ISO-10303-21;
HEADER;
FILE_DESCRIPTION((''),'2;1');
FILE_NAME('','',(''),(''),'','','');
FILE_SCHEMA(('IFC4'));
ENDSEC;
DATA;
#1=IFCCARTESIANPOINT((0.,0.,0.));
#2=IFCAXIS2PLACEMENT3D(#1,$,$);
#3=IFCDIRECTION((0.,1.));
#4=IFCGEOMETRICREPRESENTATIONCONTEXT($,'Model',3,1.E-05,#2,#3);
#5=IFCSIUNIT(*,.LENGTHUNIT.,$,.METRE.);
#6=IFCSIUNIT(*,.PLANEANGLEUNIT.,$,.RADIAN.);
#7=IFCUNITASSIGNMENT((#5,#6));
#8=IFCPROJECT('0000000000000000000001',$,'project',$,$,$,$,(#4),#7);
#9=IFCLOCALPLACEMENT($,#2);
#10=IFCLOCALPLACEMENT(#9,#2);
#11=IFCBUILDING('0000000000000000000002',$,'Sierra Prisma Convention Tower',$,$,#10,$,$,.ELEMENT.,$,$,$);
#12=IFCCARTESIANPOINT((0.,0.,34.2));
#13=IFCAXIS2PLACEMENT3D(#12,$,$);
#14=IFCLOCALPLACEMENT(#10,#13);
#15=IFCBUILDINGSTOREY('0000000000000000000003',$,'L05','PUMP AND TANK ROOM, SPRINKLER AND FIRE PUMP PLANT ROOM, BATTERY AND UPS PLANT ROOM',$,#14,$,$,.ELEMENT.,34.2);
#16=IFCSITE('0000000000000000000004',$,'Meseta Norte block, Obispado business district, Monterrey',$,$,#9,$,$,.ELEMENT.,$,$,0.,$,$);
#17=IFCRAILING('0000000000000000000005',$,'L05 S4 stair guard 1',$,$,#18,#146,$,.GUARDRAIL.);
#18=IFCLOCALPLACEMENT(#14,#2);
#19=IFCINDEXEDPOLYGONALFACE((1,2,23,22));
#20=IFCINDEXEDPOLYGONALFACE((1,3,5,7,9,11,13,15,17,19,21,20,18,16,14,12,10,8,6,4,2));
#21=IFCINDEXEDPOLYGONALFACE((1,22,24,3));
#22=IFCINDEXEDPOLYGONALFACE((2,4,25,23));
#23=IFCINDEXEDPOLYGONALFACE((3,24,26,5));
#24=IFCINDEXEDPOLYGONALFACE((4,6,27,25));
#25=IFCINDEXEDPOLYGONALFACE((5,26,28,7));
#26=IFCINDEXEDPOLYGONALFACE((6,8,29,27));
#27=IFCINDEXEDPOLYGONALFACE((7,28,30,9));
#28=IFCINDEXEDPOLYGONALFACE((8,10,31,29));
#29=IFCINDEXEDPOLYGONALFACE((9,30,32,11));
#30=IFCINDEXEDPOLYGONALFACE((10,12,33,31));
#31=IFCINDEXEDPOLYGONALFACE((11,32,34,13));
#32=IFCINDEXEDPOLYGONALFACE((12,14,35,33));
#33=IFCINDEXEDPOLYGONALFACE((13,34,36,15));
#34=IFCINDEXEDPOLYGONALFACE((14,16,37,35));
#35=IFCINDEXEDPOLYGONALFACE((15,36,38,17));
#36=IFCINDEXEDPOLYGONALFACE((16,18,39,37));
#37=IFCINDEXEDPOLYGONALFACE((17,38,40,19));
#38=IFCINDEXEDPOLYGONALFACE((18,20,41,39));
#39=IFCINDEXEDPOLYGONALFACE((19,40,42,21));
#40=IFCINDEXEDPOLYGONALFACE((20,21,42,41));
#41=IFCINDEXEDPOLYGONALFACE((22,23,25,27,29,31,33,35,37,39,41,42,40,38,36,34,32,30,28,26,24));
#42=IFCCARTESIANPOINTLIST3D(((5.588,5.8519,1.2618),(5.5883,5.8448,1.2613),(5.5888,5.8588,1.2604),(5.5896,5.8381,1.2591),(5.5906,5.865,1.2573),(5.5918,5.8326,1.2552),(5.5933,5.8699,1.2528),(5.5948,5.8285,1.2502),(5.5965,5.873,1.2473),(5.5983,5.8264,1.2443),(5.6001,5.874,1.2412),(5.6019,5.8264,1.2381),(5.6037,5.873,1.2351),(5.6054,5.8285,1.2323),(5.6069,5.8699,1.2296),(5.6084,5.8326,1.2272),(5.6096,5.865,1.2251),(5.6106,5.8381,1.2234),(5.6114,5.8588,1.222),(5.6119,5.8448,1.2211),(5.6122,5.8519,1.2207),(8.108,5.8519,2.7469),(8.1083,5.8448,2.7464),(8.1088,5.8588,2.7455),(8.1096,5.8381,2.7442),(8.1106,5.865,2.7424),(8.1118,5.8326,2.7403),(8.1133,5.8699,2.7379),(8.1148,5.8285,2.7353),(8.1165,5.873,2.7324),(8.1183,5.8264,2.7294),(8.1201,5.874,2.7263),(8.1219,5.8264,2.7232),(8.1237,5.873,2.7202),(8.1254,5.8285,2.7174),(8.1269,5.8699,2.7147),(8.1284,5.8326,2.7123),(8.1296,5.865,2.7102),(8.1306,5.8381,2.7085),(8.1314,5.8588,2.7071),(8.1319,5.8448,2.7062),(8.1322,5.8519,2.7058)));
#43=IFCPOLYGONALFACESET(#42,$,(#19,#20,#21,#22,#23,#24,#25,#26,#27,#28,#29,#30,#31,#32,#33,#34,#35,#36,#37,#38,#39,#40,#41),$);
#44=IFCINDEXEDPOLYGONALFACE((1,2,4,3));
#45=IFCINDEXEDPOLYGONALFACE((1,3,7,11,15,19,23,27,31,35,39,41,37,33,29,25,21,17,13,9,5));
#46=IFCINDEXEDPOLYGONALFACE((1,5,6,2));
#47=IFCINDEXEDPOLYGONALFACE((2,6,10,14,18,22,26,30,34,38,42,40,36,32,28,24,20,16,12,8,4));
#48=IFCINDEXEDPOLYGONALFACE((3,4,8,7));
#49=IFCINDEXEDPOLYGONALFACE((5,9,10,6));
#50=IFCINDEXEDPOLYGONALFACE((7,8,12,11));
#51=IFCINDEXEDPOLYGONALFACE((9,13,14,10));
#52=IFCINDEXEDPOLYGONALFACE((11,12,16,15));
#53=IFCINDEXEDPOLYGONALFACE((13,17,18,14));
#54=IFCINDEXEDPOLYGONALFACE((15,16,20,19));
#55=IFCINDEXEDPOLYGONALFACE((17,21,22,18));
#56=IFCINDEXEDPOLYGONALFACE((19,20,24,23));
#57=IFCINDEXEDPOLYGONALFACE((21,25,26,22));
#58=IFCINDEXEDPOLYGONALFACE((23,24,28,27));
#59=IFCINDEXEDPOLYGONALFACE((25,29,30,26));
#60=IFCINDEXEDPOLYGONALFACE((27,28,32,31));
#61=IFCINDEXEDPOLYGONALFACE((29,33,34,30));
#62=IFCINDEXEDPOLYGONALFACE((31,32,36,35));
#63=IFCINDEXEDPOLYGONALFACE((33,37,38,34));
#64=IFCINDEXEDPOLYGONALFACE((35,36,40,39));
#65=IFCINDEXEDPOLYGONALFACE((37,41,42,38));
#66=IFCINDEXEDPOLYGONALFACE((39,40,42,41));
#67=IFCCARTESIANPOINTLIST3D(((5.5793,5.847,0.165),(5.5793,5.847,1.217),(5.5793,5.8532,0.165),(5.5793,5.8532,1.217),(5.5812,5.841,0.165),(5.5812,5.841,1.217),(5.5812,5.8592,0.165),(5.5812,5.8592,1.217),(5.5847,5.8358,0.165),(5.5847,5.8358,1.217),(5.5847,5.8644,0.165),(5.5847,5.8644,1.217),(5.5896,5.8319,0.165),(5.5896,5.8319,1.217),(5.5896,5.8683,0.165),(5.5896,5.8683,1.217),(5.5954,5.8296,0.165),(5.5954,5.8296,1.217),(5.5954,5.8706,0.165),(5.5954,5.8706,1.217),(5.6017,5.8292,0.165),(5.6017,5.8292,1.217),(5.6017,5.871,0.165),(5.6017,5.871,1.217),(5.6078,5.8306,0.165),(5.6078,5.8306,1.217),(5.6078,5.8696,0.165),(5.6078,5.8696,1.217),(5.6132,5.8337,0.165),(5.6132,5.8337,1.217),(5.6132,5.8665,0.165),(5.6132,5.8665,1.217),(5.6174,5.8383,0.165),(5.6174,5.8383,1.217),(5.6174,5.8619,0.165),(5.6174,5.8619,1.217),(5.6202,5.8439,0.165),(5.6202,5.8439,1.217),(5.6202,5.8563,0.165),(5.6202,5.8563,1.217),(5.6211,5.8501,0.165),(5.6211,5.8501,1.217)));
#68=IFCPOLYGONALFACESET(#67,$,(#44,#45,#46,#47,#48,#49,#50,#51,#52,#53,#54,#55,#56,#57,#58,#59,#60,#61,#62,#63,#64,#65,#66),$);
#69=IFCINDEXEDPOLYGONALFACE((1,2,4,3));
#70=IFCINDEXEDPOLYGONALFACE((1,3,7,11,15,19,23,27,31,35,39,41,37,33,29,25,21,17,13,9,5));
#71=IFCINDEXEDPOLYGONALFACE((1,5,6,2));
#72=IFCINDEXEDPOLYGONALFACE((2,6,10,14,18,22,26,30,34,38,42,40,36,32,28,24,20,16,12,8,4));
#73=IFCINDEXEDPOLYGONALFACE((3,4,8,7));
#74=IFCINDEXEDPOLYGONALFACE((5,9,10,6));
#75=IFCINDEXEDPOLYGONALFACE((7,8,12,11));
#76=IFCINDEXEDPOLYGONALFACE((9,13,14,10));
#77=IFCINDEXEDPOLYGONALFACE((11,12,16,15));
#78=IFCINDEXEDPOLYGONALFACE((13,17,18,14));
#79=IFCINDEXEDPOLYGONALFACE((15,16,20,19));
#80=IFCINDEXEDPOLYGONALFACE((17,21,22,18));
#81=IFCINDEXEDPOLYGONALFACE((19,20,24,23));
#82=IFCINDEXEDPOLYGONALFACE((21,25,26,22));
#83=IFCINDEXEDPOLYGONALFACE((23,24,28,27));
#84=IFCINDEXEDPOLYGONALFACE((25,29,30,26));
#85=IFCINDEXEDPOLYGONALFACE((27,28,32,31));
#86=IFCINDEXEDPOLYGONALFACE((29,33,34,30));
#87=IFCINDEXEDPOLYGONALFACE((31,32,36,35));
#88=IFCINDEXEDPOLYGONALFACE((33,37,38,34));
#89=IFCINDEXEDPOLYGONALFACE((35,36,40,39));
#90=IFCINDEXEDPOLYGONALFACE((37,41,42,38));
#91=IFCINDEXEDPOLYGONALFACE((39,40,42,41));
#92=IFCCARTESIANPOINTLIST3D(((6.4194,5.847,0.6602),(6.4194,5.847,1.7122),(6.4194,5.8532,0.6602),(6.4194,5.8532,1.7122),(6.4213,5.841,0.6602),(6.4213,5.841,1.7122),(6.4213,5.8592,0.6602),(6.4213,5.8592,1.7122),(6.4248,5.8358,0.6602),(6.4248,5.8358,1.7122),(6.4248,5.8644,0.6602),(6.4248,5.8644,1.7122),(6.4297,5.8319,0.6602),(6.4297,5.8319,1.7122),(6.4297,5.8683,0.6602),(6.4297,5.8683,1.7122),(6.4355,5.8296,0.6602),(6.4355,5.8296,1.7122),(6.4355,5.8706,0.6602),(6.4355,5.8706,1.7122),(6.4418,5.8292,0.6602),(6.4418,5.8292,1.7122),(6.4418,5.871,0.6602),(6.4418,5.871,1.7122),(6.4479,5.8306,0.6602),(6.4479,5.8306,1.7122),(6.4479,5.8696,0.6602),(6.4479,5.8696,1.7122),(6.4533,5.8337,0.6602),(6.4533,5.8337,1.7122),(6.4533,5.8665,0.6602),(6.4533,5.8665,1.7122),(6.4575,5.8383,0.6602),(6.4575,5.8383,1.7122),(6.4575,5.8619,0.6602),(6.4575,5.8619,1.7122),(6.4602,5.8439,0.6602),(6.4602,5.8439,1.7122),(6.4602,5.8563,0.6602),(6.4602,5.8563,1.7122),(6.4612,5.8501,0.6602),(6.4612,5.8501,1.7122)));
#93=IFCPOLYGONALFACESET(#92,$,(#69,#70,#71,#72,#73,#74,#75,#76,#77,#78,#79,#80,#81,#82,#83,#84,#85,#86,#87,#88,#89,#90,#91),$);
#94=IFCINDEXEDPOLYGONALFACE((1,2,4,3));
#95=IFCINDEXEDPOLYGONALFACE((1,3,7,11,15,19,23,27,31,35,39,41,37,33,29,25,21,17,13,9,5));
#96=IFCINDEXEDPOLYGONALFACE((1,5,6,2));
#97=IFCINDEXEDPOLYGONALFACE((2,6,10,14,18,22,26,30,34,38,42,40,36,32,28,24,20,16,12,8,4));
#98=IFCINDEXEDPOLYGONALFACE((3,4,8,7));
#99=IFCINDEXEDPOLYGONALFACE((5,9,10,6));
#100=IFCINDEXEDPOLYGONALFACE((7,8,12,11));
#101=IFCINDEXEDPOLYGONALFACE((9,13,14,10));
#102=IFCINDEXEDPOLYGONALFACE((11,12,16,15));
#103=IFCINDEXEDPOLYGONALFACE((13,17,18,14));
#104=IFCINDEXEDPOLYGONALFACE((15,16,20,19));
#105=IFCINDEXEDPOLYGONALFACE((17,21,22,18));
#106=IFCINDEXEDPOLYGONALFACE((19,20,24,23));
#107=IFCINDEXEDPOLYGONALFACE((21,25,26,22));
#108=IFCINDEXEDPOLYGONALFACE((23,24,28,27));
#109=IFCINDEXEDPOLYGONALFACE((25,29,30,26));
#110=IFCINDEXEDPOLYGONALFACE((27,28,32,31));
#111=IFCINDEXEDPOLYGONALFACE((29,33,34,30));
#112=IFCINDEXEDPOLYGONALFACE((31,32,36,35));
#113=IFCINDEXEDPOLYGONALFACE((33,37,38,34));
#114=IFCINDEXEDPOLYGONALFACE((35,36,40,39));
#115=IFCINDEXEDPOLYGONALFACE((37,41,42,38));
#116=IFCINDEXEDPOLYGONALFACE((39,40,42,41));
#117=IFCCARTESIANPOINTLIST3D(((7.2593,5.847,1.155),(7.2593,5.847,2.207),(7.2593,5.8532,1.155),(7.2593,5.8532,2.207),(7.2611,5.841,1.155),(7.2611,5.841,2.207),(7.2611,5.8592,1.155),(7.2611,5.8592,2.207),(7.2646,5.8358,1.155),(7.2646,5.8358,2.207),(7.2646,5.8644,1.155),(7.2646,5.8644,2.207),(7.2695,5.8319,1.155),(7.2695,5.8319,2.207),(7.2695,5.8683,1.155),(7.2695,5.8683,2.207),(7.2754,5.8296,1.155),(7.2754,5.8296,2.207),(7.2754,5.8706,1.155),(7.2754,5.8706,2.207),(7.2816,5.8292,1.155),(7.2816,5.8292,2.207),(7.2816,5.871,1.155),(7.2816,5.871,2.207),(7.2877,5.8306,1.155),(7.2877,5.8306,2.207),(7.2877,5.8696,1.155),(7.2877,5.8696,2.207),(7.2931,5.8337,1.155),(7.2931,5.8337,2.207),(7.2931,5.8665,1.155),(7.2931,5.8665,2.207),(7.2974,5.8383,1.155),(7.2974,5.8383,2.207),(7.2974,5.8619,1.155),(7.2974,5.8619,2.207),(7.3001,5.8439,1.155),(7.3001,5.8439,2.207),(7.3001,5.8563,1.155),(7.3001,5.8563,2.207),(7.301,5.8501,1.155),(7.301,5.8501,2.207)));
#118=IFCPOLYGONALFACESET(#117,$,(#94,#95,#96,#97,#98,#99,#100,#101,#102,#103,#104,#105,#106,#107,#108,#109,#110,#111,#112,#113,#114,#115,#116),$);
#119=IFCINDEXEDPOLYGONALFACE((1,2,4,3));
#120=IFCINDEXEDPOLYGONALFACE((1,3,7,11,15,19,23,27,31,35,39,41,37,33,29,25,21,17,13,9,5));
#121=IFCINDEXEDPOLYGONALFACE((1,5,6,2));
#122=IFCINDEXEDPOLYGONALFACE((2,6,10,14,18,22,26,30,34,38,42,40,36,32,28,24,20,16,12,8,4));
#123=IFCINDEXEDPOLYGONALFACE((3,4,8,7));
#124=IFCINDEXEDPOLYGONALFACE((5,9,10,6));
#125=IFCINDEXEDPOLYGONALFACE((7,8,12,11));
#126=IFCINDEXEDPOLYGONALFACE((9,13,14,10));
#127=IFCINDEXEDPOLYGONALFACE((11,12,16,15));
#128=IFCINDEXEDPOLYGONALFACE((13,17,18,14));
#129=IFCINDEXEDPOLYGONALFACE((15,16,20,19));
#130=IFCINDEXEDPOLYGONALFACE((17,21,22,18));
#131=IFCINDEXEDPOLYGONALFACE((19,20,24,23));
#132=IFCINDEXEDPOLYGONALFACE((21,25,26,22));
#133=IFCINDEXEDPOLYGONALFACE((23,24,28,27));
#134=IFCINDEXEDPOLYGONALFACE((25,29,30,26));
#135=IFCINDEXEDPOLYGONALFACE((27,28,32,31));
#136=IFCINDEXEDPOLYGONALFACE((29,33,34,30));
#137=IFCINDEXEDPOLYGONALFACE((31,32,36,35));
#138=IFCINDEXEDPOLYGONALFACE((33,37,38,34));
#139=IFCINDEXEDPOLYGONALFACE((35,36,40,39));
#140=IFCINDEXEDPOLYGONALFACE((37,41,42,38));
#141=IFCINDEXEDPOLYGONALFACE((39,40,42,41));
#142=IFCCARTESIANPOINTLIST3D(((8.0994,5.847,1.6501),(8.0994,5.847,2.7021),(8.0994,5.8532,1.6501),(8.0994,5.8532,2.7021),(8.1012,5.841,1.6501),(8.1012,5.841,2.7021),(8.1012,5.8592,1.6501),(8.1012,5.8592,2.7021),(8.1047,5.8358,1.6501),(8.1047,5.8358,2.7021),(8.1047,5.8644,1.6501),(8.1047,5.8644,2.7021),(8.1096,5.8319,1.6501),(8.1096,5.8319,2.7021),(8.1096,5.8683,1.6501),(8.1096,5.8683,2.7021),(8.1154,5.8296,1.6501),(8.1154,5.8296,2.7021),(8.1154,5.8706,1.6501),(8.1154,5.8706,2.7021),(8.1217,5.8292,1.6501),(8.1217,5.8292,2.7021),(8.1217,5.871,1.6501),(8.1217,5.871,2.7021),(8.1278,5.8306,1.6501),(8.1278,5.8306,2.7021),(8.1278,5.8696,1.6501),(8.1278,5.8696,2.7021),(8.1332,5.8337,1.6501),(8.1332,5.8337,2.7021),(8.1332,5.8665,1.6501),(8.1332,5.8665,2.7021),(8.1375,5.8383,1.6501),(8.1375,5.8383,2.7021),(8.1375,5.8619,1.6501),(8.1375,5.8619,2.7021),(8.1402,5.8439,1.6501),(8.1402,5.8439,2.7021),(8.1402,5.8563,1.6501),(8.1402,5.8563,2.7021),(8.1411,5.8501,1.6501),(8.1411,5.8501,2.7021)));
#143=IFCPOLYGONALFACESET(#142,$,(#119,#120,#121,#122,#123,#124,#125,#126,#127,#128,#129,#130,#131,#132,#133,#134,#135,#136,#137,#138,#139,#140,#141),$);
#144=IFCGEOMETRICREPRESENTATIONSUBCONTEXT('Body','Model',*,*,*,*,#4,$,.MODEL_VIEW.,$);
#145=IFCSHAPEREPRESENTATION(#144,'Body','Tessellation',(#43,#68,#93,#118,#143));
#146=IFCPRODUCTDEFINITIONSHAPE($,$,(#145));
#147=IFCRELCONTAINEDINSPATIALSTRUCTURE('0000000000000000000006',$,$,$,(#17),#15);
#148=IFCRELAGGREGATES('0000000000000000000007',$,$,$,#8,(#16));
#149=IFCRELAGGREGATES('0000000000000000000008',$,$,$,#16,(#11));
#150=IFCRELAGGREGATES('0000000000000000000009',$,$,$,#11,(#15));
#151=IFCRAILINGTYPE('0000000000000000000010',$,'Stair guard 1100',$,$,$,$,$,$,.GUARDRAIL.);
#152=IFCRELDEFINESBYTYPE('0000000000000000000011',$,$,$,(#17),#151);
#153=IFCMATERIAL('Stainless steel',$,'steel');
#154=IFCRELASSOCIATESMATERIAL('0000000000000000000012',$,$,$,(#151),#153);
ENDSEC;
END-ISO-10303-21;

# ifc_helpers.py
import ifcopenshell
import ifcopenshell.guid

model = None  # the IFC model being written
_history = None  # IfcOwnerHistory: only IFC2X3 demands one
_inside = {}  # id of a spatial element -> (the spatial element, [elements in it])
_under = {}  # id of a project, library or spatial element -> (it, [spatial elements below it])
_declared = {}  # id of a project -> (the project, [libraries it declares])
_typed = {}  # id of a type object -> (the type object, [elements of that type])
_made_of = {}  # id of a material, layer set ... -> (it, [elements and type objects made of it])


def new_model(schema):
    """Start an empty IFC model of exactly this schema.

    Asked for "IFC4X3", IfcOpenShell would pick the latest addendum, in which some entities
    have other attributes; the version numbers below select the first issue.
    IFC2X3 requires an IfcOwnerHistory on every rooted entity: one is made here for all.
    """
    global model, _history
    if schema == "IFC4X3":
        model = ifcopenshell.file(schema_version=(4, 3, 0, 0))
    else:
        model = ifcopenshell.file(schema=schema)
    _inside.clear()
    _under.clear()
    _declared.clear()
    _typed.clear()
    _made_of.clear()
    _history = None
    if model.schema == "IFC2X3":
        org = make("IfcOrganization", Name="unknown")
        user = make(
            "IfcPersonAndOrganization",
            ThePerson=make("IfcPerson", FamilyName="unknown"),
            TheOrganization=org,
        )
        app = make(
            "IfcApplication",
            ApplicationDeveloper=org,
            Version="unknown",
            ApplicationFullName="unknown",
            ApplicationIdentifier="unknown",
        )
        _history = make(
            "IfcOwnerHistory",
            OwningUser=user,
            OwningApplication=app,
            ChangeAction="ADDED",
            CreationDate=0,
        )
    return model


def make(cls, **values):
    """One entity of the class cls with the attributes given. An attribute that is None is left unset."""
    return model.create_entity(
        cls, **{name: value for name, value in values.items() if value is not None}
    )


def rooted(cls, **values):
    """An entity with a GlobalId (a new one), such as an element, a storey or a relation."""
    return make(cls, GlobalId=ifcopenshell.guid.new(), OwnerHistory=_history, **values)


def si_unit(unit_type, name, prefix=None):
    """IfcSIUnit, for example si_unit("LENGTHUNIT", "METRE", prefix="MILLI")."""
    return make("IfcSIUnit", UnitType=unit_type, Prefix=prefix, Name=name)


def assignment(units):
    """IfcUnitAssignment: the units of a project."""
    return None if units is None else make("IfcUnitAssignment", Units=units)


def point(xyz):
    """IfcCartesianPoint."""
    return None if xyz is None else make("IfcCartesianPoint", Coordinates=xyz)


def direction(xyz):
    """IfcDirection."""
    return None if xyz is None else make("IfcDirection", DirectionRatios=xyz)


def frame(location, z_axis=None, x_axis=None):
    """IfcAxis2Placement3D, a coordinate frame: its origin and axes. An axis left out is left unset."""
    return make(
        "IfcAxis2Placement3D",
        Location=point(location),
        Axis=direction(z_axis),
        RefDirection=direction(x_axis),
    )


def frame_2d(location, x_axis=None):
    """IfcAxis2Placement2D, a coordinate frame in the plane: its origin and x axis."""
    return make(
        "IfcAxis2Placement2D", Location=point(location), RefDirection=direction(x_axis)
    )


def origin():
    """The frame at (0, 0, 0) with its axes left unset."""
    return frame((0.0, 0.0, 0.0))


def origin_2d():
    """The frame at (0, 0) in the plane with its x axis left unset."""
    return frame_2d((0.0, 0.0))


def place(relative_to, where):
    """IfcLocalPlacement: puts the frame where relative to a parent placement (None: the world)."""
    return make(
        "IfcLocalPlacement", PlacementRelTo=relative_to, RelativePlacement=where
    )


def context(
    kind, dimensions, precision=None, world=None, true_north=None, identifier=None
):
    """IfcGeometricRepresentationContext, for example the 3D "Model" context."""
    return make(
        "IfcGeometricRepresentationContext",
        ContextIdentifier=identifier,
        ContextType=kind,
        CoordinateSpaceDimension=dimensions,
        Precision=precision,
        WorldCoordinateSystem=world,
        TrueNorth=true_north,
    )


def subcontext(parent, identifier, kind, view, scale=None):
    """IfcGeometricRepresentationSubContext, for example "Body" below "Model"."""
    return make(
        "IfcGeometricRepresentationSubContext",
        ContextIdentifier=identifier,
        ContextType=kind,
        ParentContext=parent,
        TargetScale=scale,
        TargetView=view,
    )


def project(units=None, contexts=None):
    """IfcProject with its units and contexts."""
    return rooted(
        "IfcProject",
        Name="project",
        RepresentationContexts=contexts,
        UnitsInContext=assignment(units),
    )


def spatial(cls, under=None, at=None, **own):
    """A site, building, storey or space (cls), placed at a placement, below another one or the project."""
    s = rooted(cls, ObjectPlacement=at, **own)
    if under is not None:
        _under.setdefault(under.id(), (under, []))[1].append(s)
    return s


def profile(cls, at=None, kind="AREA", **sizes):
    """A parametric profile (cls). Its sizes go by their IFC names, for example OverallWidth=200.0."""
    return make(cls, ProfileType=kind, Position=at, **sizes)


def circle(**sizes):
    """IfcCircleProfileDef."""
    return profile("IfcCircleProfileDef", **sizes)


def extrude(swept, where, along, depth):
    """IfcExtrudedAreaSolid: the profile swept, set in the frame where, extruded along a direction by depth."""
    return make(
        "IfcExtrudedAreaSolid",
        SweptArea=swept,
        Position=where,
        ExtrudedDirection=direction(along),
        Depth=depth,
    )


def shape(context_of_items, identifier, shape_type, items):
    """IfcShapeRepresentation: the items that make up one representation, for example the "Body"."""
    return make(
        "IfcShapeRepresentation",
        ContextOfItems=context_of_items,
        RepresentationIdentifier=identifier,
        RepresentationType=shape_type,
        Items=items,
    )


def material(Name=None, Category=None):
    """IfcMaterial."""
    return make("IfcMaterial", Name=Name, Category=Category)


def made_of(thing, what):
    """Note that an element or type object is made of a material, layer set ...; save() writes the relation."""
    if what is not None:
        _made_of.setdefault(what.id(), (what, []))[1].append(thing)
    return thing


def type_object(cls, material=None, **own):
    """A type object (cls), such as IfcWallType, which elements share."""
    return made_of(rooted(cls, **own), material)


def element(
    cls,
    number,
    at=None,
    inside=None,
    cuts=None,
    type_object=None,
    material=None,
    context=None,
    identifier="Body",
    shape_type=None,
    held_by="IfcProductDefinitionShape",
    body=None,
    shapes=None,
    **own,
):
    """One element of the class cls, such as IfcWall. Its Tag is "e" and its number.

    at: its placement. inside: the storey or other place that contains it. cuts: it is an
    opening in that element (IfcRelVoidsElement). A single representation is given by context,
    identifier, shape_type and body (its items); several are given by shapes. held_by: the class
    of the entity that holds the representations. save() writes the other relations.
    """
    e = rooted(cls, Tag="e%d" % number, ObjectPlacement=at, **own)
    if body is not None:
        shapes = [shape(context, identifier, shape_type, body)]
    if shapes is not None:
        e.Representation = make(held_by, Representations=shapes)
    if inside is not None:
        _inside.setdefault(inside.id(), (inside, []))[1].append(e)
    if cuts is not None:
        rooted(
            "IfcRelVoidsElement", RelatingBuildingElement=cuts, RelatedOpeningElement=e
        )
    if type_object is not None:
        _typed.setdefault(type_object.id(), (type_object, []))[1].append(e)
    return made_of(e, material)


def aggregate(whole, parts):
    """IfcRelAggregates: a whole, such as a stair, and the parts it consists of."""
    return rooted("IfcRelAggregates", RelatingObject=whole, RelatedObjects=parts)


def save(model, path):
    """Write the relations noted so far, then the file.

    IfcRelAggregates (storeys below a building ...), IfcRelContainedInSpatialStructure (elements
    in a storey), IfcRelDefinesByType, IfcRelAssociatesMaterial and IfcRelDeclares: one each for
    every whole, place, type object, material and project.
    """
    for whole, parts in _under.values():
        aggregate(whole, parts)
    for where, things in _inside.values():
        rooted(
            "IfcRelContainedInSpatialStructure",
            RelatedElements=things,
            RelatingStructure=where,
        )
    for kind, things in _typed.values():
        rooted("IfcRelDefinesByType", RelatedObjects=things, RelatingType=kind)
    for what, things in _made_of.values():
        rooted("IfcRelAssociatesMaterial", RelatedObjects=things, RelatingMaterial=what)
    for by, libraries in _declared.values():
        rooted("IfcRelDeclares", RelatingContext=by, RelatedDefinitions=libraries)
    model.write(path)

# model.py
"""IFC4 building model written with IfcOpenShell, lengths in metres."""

from ifc_helpers import new_model, si_unit, direction, frame, origin, origin_2d, place, context, subcontext, project, spatial, circle, extrude, material, type_object, element, save


model = new_model("IFC4")

# Units and contexts
model_context = context("Model", 3, precision=1e-05, world=origin(), true_north=direction((0.0, 1.0)))
body_context = subcontext(model_context, "Body", "Model", "MODEL_VIEW")
ifc_project = project(units=[si_unit("LENGTHUNIT", "METRE"), si_unit("PLANEANGLEUNIT", "RADIAN")], contexts=[model_context])

# Site, building, storey
site_placement = place(None, origin())
site = spatial("IfcSite", under=ifc_project, at=site_placement, Name="Meseta Norte block, Obispado business district, Monterrey", CompositionType="ELEMENT", RefElevation=0.0)
building_placement = place(site_placement, origin())
building = spatial("IfcBuilding", under=site, at=building_placement, Name="Sierra Prisma Convention Tower", CompositionType="ELEMENT")
storey_placement = place(building_placement, frame((0.0, 0.0, 34.2)))
storey = spatial("IfcBuildingStorey", under=building, at=storey_placement, Name="L05", Description="PUMP AND TANK ROOM, SPRINKLER AND FIRE PUMP PLANT ROOM, BATTERY AND UPS PLANT ROOM", CompositionType="ELEMENT", Elevation=34.2)

# Railing
ifc_material_1 = material(Name="Stainless steel", Category="steel")
railing_type_1 = type_object("IfcRailingType", Name="Stair guard 1100", PredefinedType="GUARDRAIL", material=ifc_material_1)
railing_1_placement = place(storey_placement, frame((5.6001, 5.8501, 0.165)))
element("IfcRailing", 1, at=railing_1_placement, inside=storey, type_object=railing_type_1, Name="L05 S4 stair guard 1", PredefinedType="GUARDRAIL", context=body_context, shape_type="SweptSolid", body=[
    extrude(circle(Radius=0.0239, at=origin_2d()), frame((0.0, 0.0, 1.0762), z_axis=(0.861524, 0.0, 0.507717), x_axis=(0.0, 1.0, 0.0)), (0.0, 0.0, 1.0), 2.925),
    extrude(circle(Radius=0.021, at=origin_2d()), origin(), (0.0, 0.0, 1.0), 1.052),
    extrude(circle(Radius=0.021, at=origin_2d()), frame((0.8401, 0.0, 0.4951)), (0.0, 0.0, 1.0), 1.052),
    extrude(circle(Radius=0.021, at=origin_2d()), frame((1.6799, 0.0, 0.99)), (0.0, 0.0, 1.0), 1.052),
    extrude(circle(Radius=0.021, at=origin_2d()), frame((2.52, 0.0, 1.4851)), (0.0, 0.0, 1.0), 1.052),
])

save(model, "model.ifc")
